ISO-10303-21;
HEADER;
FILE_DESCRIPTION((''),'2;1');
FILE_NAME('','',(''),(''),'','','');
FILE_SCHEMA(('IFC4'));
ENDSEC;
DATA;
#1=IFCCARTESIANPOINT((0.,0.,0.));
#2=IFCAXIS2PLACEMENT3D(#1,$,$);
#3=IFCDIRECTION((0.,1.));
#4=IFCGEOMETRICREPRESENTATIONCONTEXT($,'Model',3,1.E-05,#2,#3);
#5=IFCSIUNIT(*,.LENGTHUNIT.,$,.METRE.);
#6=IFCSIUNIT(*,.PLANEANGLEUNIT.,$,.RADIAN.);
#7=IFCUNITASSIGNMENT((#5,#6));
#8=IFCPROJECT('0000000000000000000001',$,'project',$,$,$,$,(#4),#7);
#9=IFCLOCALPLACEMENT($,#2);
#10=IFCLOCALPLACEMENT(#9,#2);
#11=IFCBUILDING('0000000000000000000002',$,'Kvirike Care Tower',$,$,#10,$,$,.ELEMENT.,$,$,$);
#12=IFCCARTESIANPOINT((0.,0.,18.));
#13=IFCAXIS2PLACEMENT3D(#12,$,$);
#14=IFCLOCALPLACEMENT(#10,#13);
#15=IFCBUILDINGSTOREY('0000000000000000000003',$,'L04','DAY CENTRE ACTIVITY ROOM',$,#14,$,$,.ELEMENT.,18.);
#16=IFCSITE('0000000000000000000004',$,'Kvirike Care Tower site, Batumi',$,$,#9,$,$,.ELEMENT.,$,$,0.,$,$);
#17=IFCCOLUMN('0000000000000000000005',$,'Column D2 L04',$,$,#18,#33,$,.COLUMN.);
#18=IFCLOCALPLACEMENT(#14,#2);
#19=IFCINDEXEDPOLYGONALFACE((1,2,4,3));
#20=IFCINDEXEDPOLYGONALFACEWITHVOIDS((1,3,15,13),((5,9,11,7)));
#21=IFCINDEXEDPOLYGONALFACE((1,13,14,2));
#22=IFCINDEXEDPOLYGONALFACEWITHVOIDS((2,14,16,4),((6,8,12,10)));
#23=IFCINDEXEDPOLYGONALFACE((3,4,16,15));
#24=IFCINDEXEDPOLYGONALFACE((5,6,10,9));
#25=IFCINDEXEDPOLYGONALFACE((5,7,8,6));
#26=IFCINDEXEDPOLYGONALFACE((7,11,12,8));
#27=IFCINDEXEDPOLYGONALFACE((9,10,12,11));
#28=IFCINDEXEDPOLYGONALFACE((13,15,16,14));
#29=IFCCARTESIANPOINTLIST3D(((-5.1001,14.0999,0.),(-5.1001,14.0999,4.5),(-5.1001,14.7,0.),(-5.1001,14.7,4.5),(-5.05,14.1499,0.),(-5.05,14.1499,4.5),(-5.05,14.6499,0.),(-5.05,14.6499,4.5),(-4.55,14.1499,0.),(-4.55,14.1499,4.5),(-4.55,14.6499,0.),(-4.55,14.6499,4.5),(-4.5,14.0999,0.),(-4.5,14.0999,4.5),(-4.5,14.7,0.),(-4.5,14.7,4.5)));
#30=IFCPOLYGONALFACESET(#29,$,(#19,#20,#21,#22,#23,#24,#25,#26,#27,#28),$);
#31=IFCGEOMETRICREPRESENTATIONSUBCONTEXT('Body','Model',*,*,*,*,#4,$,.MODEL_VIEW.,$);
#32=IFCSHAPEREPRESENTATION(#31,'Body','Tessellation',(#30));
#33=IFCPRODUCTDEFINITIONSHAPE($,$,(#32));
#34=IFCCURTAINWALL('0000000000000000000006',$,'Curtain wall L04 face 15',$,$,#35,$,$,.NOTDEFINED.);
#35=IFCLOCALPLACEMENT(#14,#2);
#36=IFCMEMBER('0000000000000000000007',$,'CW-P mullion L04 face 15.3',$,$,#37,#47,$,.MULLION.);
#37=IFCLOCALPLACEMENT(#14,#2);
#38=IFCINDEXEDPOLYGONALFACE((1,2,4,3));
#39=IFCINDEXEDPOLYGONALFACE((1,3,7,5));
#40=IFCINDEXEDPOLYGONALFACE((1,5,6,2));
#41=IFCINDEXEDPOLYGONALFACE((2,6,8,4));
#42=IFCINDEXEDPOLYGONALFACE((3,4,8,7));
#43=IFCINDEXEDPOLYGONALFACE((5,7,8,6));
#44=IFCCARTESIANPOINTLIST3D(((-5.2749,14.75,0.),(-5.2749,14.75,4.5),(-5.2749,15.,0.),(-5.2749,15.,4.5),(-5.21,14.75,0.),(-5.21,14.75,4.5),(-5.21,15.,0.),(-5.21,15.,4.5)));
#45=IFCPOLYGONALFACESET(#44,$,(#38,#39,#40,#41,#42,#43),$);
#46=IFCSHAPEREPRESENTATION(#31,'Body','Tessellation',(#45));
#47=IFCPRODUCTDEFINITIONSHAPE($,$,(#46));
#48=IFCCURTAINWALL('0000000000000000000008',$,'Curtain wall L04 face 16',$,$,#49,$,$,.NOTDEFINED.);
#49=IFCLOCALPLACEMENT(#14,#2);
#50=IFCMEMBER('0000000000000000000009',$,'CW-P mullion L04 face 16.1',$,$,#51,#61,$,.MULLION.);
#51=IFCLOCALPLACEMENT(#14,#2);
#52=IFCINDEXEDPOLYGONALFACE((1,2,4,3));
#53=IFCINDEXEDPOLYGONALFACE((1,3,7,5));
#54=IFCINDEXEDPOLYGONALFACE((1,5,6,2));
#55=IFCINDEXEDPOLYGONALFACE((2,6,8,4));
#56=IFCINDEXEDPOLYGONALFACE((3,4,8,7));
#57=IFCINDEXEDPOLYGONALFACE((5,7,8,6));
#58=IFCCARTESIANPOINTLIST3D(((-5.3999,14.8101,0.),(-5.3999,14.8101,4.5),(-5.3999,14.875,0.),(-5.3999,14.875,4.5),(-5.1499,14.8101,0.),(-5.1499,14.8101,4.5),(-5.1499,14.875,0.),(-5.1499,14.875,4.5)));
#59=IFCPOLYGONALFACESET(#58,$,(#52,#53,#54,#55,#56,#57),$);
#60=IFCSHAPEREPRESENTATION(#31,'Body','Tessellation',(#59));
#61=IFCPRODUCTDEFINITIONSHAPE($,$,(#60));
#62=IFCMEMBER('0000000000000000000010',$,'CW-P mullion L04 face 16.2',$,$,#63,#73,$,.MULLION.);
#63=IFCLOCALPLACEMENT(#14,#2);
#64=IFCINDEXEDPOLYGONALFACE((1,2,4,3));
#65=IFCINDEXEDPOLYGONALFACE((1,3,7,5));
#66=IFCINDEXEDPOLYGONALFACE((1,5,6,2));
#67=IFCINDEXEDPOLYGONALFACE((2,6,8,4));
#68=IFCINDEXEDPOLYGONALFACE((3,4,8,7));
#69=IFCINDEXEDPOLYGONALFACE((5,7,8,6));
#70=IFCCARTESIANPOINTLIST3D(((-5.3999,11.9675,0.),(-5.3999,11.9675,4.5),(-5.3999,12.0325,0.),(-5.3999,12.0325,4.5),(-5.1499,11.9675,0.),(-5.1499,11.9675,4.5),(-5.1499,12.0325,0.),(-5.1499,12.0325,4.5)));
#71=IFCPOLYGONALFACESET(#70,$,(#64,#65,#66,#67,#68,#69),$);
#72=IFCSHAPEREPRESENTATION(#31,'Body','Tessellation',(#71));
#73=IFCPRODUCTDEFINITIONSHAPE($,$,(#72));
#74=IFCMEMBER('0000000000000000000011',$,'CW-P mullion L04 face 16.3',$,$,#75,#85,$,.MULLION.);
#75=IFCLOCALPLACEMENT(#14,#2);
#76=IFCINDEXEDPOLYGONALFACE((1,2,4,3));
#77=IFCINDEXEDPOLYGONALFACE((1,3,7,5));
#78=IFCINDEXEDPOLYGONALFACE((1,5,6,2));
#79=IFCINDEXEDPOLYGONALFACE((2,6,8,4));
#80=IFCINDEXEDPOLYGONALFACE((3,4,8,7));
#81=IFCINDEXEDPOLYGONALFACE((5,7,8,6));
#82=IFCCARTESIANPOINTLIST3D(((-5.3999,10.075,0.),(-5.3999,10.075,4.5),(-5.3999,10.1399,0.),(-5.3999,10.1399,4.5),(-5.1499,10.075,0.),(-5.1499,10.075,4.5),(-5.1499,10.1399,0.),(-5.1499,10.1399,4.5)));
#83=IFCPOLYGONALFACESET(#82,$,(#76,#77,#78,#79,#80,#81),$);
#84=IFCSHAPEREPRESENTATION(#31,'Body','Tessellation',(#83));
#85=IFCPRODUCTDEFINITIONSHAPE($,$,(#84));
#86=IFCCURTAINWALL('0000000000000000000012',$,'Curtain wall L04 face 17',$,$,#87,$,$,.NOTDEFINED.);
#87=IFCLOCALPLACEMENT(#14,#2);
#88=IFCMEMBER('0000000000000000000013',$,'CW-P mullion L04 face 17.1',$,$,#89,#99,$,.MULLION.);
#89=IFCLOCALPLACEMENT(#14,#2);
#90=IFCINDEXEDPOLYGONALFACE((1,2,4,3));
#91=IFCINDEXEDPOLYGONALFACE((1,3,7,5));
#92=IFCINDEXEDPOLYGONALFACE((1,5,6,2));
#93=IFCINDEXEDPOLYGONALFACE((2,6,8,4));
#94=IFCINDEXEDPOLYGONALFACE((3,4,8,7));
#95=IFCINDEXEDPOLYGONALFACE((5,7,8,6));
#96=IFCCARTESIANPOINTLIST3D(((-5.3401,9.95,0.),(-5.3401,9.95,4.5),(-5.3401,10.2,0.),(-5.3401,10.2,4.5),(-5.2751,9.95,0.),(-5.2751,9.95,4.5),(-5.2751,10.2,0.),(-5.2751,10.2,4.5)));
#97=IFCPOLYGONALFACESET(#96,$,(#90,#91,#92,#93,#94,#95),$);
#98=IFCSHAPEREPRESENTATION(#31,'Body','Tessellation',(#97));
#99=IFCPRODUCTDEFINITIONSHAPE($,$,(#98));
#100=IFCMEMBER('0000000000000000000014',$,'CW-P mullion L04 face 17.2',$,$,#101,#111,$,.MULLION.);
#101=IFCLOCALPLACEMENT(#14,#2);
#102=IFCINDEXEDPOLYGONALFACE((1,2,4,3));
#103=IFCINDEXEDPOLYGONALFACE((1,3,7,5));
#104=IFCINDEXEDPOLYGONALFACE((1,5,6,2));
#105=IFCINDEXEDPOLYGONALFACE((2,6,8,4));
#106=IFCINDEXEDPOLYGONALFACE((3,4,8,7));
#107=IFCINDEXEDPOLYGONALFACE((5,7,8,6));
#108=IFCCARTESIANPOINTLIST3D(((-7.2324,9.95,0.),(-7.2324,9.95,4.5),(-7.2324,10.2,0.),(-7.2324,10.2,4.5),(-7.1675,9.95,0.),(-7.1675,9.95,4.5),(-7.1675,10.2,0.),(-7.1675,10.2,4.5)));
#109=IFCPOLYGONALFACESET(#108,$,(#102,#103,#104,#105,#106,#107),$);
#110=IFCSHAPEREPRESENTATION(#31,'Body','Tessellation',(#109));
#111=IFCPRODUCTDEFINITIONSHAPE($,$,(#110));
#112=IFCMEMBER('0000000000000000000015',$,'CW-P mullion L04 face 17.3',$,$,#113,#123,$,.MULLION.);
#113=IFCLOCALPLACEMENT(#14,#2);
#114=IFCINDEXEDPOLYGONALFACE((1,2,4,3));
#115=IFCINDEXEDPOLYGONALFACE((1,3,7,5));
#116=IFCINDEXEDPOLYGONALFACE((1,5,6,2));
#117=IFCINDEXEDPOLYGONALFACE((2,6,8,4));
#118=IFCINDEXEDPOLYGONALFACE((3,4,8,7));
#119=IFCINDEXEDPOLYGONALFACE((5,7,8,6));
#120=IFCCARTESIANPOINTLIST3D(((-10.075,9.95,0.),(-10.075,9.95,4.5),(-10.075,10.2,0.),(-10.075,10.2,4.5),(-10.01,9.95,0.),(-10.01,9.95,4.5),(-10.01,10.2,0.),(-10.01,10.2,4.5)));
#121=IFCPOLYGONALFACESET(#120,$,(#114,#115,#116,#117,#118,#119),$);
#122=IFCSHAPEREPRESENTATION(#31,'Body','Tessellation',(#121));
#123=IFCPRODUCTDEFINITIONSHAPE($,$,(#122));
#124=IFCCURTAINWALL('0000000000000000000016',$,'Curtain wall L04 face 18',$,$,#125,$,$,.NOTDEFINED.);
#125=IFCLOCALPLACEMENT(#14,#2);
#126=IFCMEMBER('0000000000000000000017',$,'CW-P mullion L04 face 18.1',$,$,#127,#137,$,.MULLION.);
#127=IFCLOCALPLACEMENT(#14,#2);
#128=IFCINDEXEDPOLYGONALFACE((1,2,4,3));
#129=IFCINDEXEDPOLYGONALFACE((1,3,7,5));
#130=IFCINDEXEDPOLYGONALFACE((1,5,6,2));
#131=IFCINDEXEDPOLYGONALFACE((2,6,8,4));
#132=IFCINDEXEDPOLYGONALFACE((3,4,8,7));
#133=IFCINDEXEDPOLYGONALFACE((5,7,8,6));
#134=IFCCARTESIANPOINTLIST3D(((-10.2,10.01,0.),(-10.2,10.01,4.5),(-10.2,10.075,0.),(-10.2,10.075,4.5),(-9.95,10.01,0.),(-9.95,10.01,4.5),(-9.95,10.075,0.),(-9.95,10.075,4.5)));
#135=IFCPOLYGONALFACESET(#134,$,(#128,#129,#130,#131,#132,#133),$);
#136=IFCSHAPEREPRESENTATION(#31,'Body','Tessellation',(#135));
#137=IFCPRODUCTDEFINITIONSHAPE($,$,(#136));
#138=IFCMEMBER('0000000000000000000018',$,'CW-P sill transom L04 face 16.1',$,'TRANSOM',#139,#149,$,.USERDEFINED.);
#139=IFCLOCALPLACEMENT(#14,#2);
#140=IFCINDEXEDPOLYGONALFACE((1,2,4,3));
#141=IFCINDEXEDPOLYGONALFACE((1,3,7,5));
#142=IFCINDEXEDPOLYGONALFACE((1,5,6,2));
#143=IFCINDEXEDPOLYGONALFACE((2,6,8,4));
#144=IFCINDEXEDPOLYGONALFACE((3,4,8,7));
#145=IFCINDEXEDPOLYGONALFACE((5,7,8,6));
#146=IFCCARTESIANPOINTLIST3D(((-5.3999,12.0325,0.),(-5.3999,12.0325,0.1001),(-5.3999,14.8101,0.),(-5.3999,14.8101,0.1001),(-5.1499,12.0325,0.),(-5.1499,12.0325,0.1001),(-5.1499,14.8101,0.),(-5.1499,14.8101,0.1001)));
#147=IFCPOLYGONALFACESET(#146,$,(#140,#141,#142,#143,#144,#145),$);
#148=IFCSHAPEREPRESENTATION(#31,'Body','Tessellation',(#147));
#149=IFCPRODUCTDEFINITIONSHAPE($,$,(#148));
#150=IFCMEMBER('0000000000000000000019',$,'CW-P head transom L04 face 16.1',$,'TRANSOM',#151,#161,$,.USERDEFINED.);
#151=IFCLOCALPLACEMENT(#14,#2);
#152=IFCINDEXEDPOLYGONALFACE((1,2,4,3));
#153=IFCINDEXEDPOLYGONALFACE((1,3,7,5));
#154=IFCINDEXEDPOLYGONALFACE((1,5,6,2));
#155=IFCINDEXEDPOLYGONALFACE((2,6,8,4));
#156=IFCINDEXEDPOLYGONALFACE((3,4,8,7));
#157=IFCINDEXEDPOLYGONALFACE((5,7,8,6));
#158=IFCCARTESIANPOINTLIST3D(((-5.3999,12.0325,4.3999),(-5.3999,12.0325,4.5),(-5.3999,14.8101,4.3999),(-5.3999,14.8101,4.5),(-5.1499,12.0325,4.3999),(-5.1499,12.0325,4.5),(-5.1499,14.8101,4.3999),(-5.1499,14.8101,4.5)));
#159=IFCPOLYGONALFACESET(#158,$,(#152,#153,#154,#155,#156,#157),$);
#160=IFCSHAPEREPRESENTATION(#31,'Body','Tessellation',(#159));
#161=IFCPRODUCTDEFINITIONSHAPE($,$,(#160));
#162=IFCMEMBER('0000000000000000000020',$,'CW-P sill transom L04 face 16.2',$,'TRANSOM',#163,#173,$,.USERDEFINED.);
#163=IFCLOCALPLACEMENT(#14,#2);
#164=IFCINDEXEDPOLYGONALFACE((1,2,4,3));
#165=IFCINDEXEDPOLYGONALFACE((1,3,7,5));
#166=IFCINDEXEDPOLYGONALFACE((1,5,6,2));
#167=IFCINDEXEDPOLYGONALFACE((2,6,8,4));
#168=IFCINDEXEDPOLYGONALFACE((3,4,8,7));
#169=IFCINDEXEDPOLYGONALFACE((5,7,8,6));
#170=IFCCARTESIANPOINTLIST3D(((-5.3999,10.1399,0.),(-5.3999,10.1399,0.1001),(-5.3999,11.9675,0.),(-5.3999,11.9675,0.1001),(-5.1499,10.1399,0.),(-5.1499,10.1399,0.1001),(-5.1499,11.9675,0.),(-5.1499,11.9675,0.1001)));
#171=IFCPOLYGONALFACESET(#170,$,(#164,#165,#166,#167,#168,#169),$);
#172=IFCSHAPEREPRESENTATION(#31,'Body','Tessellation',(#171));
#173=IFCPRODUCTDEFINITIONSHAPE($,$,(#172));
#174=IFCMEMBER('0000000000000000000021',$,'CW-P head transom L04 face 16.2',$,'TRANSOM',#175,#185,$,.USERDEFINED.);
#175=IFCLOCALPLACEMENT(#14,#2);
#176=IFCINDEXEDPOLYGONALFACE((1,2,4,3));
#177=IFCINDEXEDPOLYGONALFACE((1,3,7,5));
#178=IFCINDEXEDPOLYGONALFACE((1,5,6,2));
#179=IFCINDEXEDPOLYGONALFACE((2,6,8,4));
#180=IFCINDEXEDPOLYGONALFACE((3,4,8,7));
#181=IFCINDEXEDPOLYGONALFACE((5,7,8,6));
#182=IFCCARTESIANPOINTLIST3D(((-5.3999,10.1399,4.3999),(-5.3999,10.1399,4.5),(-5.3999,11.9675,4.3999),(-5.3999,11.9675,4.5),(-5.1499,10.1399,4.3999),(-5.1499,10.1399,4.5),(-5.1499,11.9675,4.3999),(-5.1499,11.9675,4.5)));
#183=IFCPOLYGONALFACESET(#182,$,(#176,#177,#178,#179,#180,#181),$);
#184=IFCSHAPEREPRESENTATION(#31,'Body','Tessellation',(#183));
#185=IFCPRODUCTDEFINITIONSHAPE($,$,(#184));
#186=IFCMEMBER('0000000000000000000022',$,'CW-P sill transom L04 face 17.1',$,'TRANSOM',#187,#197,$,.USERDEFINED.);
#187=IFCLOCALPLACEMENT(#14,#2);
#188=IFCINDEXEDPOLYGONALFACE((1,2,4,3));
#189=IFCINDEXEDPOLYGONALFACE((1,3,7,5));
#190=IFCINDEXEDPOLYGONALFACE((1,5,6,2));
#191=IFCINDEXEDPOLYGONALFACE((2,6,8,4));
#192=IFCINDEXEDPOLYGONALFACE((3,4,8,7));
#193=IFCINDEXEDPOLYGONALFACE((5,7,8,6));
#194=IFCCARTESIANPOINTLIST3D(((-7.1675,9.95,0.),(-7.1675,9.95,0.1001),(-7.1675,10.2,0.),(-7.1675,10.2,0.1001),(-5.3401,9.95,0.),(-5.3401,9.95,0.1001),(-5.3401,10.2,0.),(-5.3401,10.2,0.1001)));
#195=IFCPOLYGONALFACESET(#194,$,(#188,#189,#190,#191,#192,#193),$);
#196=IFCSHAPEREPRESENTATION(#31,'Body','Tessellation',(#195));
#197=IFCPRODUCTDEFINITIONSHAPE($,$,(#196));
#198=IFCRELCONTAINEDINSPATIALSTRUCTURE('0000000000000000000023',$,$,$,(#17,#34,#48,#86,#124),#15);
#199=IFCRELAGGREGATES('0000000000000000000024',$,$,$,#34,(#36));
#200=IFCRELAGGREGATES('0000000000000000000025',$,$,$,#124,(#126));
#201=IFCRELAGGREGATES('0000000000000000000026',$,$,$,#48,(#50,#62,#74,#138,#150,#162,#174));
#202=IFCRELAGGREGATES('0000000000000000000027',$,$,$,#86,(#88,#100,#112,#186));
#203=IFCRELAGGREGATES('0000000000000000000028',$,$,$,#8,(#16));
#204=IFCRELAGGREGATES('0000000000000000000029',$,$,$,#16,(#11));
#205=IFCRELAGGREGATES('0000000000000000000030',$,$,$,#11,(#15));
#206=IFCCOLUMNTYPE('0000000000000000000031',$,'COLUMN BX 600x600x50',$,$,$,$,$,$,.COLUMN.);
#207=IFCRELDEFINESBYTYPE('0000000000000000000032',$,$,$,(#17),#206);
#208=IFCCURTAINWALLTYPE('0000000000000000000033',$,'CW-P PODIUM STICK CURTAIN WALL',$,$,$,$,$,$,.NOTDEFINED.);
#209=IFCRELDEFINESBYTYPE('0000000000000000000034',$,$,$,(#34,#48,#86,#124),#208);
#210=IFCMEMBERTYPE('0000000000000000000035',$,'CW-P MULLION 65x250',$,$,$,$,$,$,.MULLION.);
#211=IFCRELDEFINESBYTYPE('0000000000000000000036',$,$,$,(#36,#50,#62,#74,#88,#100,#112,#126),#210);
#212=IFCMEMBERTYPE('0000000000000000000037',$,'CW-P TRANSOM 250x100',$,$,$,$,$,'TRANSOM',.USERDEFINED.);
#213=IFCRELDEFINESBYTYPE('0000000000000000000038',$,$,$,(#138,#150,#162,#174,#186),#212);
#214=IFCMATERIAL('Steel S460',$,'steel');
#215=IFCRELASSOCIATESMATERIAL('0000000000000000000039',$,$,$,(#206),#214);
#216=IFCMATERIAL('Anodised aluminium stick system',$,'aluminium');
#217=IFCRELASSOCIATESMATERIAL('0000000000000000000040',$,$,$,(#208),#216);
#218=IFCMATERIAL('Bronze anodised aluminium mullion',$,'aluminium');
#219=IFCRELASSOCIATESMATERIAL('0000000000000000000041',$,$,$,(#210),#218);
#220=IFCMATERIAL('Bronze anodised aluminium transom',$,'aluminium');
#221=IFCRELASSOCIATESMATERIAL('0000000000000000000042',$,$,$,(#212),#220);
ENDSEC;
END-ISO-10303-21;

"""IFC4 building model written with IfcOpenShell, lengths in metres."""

from ifc_helpers import new_model, si_unit, direction, frame, origin, origin_2d, place, context, subcontext, project, spatial, rectangle, hollow_rectangle, extrude, material, material_profile, profile_set, type_object, element, aggregate, save


model = new_model("IFC4")

# Units and contexts
model_context = context("Model", 3, precision=1e-05, world=origin(), true_north=direction((0.0, 1.0)))
body_context = subcontext(model_context, "Body", "Model", "MODEL_VIEW")
ifc_project = project(units=[si_unit("LENGTHUNIT", "METRE"), si_unit("PLANEANGLEUNIT", "RADIAN")], contexts=[model_context])

# Site, building, storey
site_placement = place(None, origin())
site = spatial("IfcSite", under=ifc_project, at=site_placement, Name="Kvirike Care Tower site, Batumi", CompositionType="ELEMENT", RefElevation=0.0)
building_placement = place(site_placement, origin())
building = spatial("IfcBuilding", under=site, at=building_placement, Name="Kvirike Care Tower", CompositionType="ELEMENT")
storey_placement = place(building_placement, frame((0.0, 0.0, 18.0)))
storey = spatial("IfcBuildingStorey", under=building, at=storey_placement, Name="L04", Description="DAY CENTRE ACTIVITY ROOM", CompositionType="ELEMENT", Elevation=18.0)

# Column
ifc_material_1 = material(Name="Steel S460", Category="steel")
ifc_material_profile_1 = material_profile(ifc_material_1, hollow_rectangle(XDim=0.6001, YDim=0.6001, WallThickness=0.05, at=origin_2d()), Name="BX 600x600x50")
ifc_profile_set_1 = profile_set([ifc_material_profile_1], Name="Steel S460")
column_type = type_object("IfcColumnType", Name="COLUMN BX 600x600x50", PredefinedType="COLUMN", material=ifc_profile_set_1)
column_placement = place(storey_placement, frame((-4.8, 14.3999, 0.0), z_axis=(0.0, 0.0, 1.0), x_axis=(0.0, 1.0, 0.0)))
element("IfcColumn", 1, at=column_placement, inside=storey, type_object=column_type, Name="Column D2 L04", PredefinedType="COLUMN", context=body_context, shape_type="SweptSolid", body=[
    extrude(hollow_rectangle(XDim=0.6001, YDim=0.6001, WallThickness=0.05, at=origin_2d()), origin(), (0.0, 0.0, 1.0), 4.5),
])

# Curtain wall, member
ifc_material_2 = material(Name="Anodised aluminium stick system", Category="aluminium")
curtain_wall_type = type_object("IfcCurtainWallType", Name="CW-P PODIUM STICK CURTAIN WALL", PredefinedType="NOTDEFINED", material=ifc_material_2)
curtain_wall_1_placement = place(storey_placement, origin())
curtain_wall_1 = element("IfcCurtainWall", 2, at=curtain_wall_1_placement, inside=storey, type_object=curtain_wall_type, Name="Curtain wall L04 face 15", PredefinedType="NOTDEFINED")
ifc_material_3 = material(Name="Bronze anodised aluminium mullion", Category="aluminium")
ifc_material_profile_2 = material_profile(ifc_material_3, rectangle(XDim=0.0649, YDim=0.25, at=origin_2d()), Name="CW-P MULLION 65x250")
ifc_profile_set_2 = profile_set([ifc_material_profile_2], Name="Bronze anodised aluminium mullion")
member_type_1 = type_object("IfcMemberType", Name="CW-P MULLION 65x250", PredefinedType="MULLION", material=ifc_profile_set_2)
member_1_placement = place(storey_placement, frame((-5.2424, 14.875, 0.0), z_axis=(0.0, 0.0, 1.0), x_axis=(-1.0, 0.0, 0.0)))
member_1 = element("IfcMember", 3, at=member_1_placement, type_object=member_type_1, Name="CW-P mullion L04 face 15.3", PredefinedType="MULLION", context=body_context, shape_type="SweptSolid", body=[
    extrude(rectangle(XDim=0.0649, YDim=0.25, at=origin_2d()), origin(), (0.0, 0.0, 1.0), 4.5),
])
aggregate(curtain_wall_1, [member_1])

# Curtain walls, members
curtain_wall_2_placement = place(storey_placement, origin())
curtain_wall_2 = element("IfcCurtainWall", 4, at=curtain_wall_2_placement, inside=storey, type_object=curtain_wall_type, Name="Curtain wall L04 face 16", PredefinedType="NOTDEFINED")
member_2_placement = place(storey_placement, frame((-5.2749, 14.8425, 0.0), z_axis=(0.0, 0.0, 1.0), x_axis=(0.0, -1.0, 0.0)))
member_2 = element("IfcMember", 5, at=member_2_placement, type_object=member_type_1, Name="CW-P mullion L04 face 16.1", PredefinedType="MULLION", context=body_context, shape_type="SweptSolid", body=[
    extrude(rectangle(XDim=0.0649, YDim=0.25, at=origin_2d()), origin(), (0.0, 0.0, 1.0), 4.5),
])
member_3_placement = place(storey_placement, frame((-5.2749, 12.0, 0.0), z_axis=(0.0, 0.0, 1.0), x_axis=(0.0, -1.0, 0.0)))
member_3 = element("IfcMember", 6, at=member_3_placement, type_object=member_type_1, Name="CW-P mullion L04 face 16.2", PredefinedType="MULLION", context=body_context, shape_type="SweptSolid", body=[
    extrude(rectangle(XDim=0.0649, YDim=0.25, at=origin_2d()), origin(), (0.0, 0.0, 1.0), 4.5),
])
member_4_placement = place(storey_placement, frame((-5.2749, 10.1074, 0.0), z_axis=(0.0, 0.0, 1.0), x_axis=(0.0, -1.0, 0.0)))
member_4 = element("IfcMember", 7, at=member_4_placement, type_object=member_type_1, Name="CW-P mullion L04 face 16.3", PredefinedType="MULLION", context=body_context, shape_type="SweptSolid", body=[
    extrude(rectangle(XDim=0.0649, YDim=0.25, at=origin_2d()), origin(), (0.0, 0.0, 1.0), 4.5),
])
curtain_wall_3_placement = place(storey_placement, origin())
curtain_wall_3 = element("IfcCurtainWall", 8, at=curtain_wall_3_placement, inside=storey, type_object=curtain_wall_type, Name="Curtain wall L04 face 17", PredefinedType="NOTDEFINED")
member_5_placement = place(storey_placement, frame((-5.3076, 10.075, 0.0), z_axis=(0.0, 0.0, 1.0), x_axis=(-1.0, 0.0, 0.0)))
member_5 = element("IfcMember", 9, at=member_5_placement, type_object=member_type_1, Name="CW-P mullion L04 face 17.1", PredefinedType="MULLION", context=body_context, shape_type="SweptSolid", body=[
    extrude(rectangle(XDim=0.0649, YDim=0.25, at=origin_2d()), origin(), (0.0, 0.0, 1.0), 4.5),
])
member_6_placement = place(storey_placement, frame((-7.2, 10.075, 0.0), z_axis=(0.0, 0.0, 1.0), x_axis=(-1.0, 0.0, 0.0)))
member_6 = element("IfcMember", 10, at=member_6_placement, type_object=member_type_1, Name="CW-P mullion L04 face 17.2", PredefinedType="MULLION", context=body_context, shape_type="SweptSolid", body=[
    extrude(rectangle(XDim=0.0649, YDim=0.25, at=origin_2d()), origin(), (0.0, 0.0, 1.0), 4.5),
])
member_7_placement = place(storey_placement, frame((-10.0425, 10.075, 0.0), z_axis=(0.0, 0.0, 1.0), x_axis=(-1.0, 0.0, 0.0)))
member_7 = element("IfcMember", 11, at=member_7_placement, type_object=member_type_1, Name="CW-P mullion L04 face 17.3", PredefinedType="MULLION", context=body_context, shape_type="SweptSolid", body=[
    extrude(rectangle(XDim=0.0649, YDim=0.25, at=origin_2d()), origin(), (0.0, 0.0, 1.0), 4.5),
])

# Curtain wall, member
curtain_wall_4_placement = place(storey_placement, origin())
curtain_wall_4 = element("IfcCurtainWall", 12, at=curtain_wall_4_placement, inside=storey, type_object=curtain_wall_type, Name="Curtain wall L04 face 18", PredefinedType="NOTDEFINED")
member_8_placement = place(storey_placement, frame((-10.075, 10.0425, 0.0), z_axis=(0.0, 0.0, 1.0), x_axis=(0.0, -1.0, 0.0)))
member_8 = element("IfcMember", 13, at=member_8_placement, type_object=member_type_1, Name="CW-P mullion L04 face 18.1", PredefinedType="MULLION", context=body_context, shape_type="SweptSolid", body=[
    extrude(rectangle(XDim=0.0649, YDim=0.25, at=origin_2d()), origin(), (0.0, 0.0, 1.0), 4.5),
])

# Members
ifc_material_4 = material(Name="Bronze anodised aluminium transom", Category="aluminium")
ifc_material_profile_3 = material_profile(ifc_material_4, rectangle(XDim=0.25, YDim=0.1001, at=origin_2d()), Name="CW-P TRANSOM 250x100")
ifc_profile_set_3 = profile_set([ifc_material_profile_3], Name="Bronze anodised aluminium transom")
member_type_2 = type_object("IfcMemberType", Name="CW-P TRANSOM 250x100", ElementType="TRANSOM", PredefinedType="USERDEFINED", material=ifc_profile_set_3)
member_9_placement = place(storey_placement, frame((-5.2749, 14.8101, 0.05), z_axis=(0.0, -1.0, 0.0), x_axis=(1.0, 0.0, 0.0)))
member_9 = element("IfcMember", 14, at=member_9_placement, type_object=member_type_2, Name="CW-P sill transom L04 face 16.1", ObjectType="TRANSOM", PredefinedType="USERDEFINED", context=body_context, shape_type="SweptSolid", body=[
    extrude(rectangle(XDim=0.25, YDim=0.1001, at=origin_2d()), origin(), (0.0, 0.0, 1.0), 2.7776),
])
member_10_placement = place(storey_placement, frame((-5.2749, 14.8101, 4.45), z_axis=(0.0, -1.0, 0.0), x_axis=(1.0, 0.0, 0.0)))
member_10 = element("IfcMember", 15, at=member_10_placement, type_object=member_type_2, Name="CW-P head transom L04 face 16.1", ObjectType="TRANSOM", PredefinedType="USERDEFINED", context=body_context, shape_type="SweptSolid", body=[
    extrude(rectangle(XDim=0.25, YDim=0.1001, at=origin_2d()), origin(), (0.0, 0.0, 1.0), 2.7776),
])
member_11_placement = place(storey_placement, frame((-5.2749, 11.9675, 0.05), z_axis=(0.0, -1.0, 0.0), x_axis=(1.0, 0.0, 0.0)))
member_11 = element("IfcMember", 16, at=member_11_placement, type_object=member_type_2, Name="CW-P sill transom L04 face 16.2", ObjectType="TRANSOM", PredefinedType="USERDEFINED", context=body_context, shape_type="SweptSolid", body=[
    extrude(rectangle(XDim=0.25, YDim=0.1001, at=origin_2d()), origin(), (0.0, 0.0, 1.0), 1.8276),
])
member_12_placement = place(storey_placement, frame((-5.2749, 11.9675, 4.45), z_axis=(0.0, -1.0, 0.0), x_axis=(1.0, 0.0, 0.0)))
member_12 = element("IfcMember", 17, at=member_12_placement, type_object=member_type_2, Name="CW-P head transom L04 face 16.2", ObjectType="TRANSOM", PredefinedType="USERDEFINED", context=body_context, shape_type="SweptSolid", body=[
    extrude(rectangle(XDim=0.25, YDim=0.1001, at=origin_2d()), origin(), (0.0, 0.0, 1.0), 1.8276),
])
member_13_placement = place(storey_placement, frame((-5.3401, 10.075, 0.05), z_axis=(-1.0, 0.0, 0.0), x_axis=(0.0, -1.0, 0.0)))
member_13 = element("IfcMember", 18, at=member_13_placement, type_object=member_type_2, Name="CW-P sill transom L04 face 17.1", ObjectType="TRANSOM", PredefinedType="USERDEFINED", context=body_context, shape_type="SweptSolid", body=[
    extrude(rectangle(XDim=0.25, YDim=0.1001, at=origin_2d()), origin(), (0.0, 0.0, 1.0), 1.8274),
])
aggregate(curtain_wall_4, [member_8])

aggregate(curtain_wall_2, [member_2, member_3, member_4, member_9, member_10, member_11, member_12])
aggregate(curtain_wall_3, [member_5, member_6, member_7, member_13])

save(model, "model.ifc")
